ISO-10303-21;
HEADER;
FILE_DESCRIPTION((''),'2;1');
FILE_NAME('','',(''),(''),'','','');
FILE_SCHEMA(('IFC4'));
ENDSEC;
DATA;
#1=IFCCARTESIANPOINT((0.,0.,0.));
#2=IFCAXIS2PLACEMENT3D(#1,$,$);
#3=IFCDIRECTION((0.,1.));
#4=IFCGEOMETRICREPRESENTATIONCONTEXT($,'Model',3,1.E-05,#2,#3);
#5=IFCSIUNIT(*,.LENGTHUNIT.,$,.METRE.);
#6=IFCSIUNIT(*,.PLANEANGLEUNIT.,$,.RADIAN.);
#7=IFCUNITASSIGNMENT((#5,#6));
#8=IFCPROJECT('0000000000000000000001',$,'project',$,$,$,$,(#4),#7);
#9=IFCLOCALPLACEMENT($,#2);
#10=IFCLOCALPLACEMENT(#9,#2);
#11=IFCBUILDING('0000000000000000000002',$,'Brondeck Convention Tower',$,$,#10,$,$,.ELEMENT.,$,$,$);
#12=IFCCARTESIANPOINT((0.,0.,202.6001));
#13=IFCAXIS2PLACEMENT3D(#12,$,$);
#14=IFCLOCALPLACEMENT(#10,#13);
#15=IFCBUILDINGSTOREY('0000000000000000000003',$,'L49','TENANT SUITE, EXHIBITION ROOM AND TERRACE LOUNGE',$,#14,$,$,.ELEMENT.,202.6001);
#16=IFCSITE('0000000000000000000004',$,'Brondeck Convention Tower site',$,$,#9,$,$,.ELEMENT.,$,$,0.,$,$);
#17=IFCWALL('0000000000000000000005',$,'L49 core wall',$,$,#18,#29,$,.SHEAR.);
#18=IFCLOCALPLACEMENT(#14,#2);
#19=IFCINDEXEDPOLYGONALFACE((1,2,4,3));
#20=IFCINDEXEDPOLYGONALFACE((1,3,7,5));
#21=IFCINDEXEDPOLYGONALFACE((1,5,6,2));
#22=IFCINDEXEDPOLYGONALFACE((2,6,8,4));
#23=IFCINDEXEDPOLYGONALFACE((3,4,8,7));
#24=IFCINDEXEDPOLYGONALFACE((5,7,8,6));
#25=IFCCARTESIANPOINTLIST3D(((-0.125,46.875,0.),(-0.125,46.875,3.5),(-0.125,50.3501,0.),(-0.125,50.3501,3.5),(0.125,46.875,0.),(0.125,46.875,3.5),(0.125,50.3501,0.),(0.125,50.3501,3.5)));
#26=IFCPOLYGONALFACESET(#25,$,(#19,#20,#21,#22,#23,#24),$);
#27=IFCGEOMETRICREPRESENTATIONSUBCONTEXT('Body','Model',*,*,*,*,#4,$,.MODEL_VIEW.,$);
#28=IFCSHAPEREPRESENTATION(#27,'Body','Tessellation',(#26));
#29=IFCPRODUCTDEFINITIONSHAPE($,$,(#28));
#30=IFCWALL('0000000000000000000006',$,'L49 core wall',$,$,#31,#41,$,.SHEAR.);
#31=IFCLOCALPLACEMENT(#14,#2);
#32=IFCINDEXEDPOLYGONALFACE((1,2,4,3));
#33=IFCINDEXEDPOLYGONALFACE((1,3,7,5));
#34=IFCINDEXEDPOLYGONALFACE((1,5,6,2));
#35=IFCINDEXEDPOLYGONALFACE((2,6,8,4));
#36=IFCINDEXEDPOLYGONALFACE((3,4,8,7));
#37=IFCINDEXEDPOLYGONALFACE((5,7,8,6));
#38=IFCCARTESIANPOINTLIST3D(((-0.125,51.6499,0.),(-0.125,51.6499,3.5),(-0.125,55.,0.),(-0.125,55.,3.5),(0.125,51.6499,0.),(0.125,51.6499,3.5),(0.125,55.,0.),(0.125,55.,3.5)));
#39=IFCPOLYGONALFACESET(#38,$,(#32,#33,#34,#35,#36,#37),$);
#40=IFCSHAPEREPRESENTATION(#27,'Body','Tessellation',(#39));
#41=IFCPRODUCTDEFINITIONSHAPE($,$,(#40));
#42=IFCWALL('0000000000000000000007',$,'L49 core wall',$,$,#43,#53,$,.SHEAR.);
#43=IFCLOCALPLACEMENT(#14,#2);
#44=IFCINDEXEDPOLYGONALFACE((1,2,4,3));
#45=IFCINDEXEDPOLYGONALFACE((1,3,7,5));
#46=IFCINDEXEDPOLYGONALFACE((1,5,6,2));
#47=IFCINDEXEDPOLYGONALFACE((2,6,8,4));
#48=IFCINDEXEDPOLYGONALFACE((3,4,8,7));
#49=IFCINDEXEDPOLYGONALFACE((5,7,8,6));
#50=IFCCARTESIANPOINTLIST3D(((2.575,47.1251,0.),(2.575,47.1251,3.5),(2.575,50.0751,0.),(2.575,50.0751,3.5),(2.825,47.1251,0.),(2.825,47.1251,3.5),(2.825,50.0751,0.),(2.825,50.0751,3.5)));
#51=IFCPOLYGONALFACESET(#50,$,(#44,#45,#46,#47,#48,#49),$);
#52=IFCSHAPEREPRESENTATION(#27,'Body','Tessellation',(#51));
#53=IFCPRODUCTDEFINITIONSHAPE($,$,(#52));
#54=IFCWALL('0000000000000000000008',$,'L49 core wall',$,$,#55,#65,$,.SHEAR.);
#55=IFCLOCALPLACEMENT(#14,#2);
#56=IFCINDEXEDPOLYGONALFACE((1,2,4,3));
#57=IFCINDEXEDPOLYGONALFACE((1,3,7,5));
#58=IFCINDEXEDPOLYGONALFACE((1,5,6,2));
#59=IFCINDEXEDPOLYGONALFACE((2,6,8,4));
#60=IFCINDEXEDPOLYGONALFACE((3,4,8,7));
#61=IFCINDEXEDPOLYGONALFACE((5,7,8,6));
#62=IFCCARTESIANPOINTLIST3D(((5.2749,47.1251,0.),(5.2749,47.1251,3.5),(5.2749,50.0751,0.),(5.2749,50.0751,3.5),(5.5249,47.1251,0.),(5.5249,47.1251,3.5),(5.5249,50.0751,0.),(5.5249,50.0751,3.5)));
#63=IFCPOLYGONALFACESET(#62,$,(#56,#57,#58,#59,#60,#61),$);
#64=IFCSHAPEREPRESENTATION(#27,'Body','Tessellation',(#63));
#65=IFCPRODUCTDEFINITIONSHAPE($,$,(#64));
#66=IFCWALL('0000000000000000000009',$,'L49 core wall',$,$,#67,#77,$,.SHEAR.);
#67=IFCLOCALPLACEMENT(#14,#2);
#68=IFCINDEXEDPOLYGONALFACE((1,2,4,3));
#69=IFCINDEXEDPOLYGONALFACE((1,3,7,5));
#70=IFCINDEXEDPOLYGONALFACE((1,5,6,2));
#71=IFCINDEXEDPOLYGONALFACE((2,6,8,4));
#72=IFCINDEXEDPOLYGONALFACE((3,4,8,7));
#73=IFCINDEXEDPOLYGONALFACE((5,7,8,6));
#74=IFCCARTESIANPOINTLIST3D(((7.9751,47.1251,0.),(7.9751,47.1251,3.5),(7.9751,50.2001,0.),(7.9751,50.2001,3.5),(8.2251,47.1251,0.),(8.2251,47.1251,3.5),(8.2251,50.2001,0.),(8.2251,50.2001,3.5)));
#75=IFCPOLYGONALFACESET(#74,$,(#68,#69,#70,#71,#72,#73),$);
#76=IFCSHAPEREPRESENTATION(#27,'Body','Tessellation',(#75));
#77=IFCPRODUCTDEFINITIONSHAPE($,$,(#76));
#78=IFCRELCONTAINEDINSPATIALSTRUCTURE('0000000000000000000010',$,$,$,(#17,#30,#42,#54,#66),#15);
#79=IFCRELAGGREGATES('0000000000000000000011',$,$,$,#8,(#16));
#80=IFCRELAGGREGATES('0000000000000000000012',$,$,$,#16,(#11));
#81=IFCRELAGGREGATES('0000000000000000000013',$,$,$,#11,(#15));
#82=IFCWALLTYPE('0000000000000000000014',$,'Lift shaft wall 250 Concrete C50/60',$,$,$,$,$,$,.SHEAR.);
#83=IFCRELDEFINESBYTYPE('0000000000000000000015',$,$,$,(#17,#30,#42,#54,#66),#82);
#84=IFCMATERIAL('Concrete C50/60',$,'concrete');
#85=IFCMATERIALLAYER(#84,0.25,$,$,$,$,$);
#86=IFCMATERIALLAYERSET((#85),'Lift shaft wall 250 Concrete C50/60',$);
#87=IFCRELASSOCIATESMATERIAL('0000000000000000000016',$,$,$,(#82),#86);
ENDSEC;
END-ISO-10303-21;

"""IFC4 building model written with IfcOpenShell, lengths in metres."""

from ifc_helpers import new_model, si_unit, direction, frame, frame_2d, origin, place, context, subcontext, project, spatial, rectangle, extrude, material, layer, layer_set, type_object, element, save


model = new_model("IFC4")

# Units and contexts
model_context = context("Model", 3, precision=1e-05, world=origin(), true_north=direction((0.0, 1.0)))
body_context = subcontext(model_context, "Body", "Model", "MODEL_VIEW")
ifc_project = project(units=[si_unit("LENGTHUNIT", "METRE"), si_unit("PLANEANGLEUNIT", "RADIAN")], contexts=[model_context])

# Site, building, storey
site_placement = place(None, origin())
site = spatial("IfcSite", under=ifc_project, at=site_placement, Name="Brondeck Convention Tower site", CompositionType="ELEMENT", RefElevation=0.0)
building_placement = place(site_placement, origin())
building = spatial("IfcBuilding", under=site, at=building_placement, Name="Brondeck Convention Tower", CompositionType="ELEMENT")
storey_placement = place(building_placement, frame((0.0, 0.0, 202.6001)))
storey = spatial("IfcBuildingStorey", under=building, at=storey_placement, Name="L49", Description="TENANT SUITE, EXHIBITION ROOM AND TERRACE LOUNGE", CompositionType="ELEMENT", Elevation=202.6001)

# Shared definitions
ifc_material_1 = material(Name="Concrete C50/60", Category="concrete")

# Shared definitions
ifc_layer_1 = layer(ifc_material_1, 0.25)
ifc_layer_set_1 = layer_set([ifc_layer_1], Name="Lift shaft wall 250 Concrete C50/60")
wall_type_1 = type_object("IfcWallType", Name="Lift shaft wall 250 Concrete C50/60", PredefinedType="SHEAR", material=ifc_layer_set_1)

# Walls
wall_1_placement = place(storey_placement, frame((0.0, 46.875, 0.0), z_axis=(0.0, 0.0, 1.0), x_axis=(0.0, 1.0, 0.0)))
element("IfcWall", 1, at=wall_1_placement, inside=storey, type_object=wall_type_1, Name="L49 core wall", PredefinedType="SHEAR", context=body_context, shape_type="SweptSolid", body=[
    extrude(rectangle(XDim=3.4751, YDim=0.25, at=frame_2d((1.7375, 0.0))), origin(), (0.0, 0.0, 1.0), 3.5),
])
wall_2_placement = place(storey_placement, frame((0.0, 51.6499, 0.0), z_axis=(0.0, 0.0, 1.0), x_axis=(0.0, 1.0, 0.0)))
element("IfcWall", 2, at=wall_2_placement, inside=storey, type_object=wall_type_1, Name="L49 core wall", PredefinedType="SHEAR", context=body_context, shape_type="SweptSolid", body=[
    extrude(rectangle(XDim=3.3501, YDim=0.25, at=frame_2d((1.675, 0.0))), origin(), (0.0, 0.0, 1.0), 3.5),
])
for number, where, z_axis, x_axis, name in (
    (3, (2.7, 47.125, 0.0), (0.0, 0.0, 1.0), (0.0, 1.0, 0.0), "L49 core wall"),
    (4, (5.3999, 47.125, 0.0), (0.0, 0.0, 1.0), (0.0, 1.0, 0.0), "L49 core wall"),
):
    element("IfcWall", number, at=place(storey_placement, frame(where, z_axis=z_axis, x_axis=x_axis)), inside=storey, type_object=wall_type_1, Name=name, PredefinedType="SHEAR", context=body_context, shape_type="SweptSolid", body=[
        extrude(rectangle(XDim=2.95, YDim=0.25, at=frame_2d((1.4751, 0.0))), origin(), (0.0, 0.0, 1.0), 3.5),
    ])
wall_3_placement = place(storey_placement, frame((8.1001, 47.125, 0.0), z_axis=(0.0, 0.0, 1.0), x_axis=(0.0, 1.0, 0.0)))
element("IfcWall", 5, at=wall_3_placement, inside=storey, type_object=wall_type_1, Name="L49 core wall", PredefinedType="SHEAR", context=body_context, shape_type="SweptSolid", body=[
    extrude(rectangle(XDim=3.075, YDim=0.25, at=frame_2d((1.5376, 0.0))), origin(), (0.0, 0.0, 1.0), 3.5),
])

save(model, "model.ifc")
